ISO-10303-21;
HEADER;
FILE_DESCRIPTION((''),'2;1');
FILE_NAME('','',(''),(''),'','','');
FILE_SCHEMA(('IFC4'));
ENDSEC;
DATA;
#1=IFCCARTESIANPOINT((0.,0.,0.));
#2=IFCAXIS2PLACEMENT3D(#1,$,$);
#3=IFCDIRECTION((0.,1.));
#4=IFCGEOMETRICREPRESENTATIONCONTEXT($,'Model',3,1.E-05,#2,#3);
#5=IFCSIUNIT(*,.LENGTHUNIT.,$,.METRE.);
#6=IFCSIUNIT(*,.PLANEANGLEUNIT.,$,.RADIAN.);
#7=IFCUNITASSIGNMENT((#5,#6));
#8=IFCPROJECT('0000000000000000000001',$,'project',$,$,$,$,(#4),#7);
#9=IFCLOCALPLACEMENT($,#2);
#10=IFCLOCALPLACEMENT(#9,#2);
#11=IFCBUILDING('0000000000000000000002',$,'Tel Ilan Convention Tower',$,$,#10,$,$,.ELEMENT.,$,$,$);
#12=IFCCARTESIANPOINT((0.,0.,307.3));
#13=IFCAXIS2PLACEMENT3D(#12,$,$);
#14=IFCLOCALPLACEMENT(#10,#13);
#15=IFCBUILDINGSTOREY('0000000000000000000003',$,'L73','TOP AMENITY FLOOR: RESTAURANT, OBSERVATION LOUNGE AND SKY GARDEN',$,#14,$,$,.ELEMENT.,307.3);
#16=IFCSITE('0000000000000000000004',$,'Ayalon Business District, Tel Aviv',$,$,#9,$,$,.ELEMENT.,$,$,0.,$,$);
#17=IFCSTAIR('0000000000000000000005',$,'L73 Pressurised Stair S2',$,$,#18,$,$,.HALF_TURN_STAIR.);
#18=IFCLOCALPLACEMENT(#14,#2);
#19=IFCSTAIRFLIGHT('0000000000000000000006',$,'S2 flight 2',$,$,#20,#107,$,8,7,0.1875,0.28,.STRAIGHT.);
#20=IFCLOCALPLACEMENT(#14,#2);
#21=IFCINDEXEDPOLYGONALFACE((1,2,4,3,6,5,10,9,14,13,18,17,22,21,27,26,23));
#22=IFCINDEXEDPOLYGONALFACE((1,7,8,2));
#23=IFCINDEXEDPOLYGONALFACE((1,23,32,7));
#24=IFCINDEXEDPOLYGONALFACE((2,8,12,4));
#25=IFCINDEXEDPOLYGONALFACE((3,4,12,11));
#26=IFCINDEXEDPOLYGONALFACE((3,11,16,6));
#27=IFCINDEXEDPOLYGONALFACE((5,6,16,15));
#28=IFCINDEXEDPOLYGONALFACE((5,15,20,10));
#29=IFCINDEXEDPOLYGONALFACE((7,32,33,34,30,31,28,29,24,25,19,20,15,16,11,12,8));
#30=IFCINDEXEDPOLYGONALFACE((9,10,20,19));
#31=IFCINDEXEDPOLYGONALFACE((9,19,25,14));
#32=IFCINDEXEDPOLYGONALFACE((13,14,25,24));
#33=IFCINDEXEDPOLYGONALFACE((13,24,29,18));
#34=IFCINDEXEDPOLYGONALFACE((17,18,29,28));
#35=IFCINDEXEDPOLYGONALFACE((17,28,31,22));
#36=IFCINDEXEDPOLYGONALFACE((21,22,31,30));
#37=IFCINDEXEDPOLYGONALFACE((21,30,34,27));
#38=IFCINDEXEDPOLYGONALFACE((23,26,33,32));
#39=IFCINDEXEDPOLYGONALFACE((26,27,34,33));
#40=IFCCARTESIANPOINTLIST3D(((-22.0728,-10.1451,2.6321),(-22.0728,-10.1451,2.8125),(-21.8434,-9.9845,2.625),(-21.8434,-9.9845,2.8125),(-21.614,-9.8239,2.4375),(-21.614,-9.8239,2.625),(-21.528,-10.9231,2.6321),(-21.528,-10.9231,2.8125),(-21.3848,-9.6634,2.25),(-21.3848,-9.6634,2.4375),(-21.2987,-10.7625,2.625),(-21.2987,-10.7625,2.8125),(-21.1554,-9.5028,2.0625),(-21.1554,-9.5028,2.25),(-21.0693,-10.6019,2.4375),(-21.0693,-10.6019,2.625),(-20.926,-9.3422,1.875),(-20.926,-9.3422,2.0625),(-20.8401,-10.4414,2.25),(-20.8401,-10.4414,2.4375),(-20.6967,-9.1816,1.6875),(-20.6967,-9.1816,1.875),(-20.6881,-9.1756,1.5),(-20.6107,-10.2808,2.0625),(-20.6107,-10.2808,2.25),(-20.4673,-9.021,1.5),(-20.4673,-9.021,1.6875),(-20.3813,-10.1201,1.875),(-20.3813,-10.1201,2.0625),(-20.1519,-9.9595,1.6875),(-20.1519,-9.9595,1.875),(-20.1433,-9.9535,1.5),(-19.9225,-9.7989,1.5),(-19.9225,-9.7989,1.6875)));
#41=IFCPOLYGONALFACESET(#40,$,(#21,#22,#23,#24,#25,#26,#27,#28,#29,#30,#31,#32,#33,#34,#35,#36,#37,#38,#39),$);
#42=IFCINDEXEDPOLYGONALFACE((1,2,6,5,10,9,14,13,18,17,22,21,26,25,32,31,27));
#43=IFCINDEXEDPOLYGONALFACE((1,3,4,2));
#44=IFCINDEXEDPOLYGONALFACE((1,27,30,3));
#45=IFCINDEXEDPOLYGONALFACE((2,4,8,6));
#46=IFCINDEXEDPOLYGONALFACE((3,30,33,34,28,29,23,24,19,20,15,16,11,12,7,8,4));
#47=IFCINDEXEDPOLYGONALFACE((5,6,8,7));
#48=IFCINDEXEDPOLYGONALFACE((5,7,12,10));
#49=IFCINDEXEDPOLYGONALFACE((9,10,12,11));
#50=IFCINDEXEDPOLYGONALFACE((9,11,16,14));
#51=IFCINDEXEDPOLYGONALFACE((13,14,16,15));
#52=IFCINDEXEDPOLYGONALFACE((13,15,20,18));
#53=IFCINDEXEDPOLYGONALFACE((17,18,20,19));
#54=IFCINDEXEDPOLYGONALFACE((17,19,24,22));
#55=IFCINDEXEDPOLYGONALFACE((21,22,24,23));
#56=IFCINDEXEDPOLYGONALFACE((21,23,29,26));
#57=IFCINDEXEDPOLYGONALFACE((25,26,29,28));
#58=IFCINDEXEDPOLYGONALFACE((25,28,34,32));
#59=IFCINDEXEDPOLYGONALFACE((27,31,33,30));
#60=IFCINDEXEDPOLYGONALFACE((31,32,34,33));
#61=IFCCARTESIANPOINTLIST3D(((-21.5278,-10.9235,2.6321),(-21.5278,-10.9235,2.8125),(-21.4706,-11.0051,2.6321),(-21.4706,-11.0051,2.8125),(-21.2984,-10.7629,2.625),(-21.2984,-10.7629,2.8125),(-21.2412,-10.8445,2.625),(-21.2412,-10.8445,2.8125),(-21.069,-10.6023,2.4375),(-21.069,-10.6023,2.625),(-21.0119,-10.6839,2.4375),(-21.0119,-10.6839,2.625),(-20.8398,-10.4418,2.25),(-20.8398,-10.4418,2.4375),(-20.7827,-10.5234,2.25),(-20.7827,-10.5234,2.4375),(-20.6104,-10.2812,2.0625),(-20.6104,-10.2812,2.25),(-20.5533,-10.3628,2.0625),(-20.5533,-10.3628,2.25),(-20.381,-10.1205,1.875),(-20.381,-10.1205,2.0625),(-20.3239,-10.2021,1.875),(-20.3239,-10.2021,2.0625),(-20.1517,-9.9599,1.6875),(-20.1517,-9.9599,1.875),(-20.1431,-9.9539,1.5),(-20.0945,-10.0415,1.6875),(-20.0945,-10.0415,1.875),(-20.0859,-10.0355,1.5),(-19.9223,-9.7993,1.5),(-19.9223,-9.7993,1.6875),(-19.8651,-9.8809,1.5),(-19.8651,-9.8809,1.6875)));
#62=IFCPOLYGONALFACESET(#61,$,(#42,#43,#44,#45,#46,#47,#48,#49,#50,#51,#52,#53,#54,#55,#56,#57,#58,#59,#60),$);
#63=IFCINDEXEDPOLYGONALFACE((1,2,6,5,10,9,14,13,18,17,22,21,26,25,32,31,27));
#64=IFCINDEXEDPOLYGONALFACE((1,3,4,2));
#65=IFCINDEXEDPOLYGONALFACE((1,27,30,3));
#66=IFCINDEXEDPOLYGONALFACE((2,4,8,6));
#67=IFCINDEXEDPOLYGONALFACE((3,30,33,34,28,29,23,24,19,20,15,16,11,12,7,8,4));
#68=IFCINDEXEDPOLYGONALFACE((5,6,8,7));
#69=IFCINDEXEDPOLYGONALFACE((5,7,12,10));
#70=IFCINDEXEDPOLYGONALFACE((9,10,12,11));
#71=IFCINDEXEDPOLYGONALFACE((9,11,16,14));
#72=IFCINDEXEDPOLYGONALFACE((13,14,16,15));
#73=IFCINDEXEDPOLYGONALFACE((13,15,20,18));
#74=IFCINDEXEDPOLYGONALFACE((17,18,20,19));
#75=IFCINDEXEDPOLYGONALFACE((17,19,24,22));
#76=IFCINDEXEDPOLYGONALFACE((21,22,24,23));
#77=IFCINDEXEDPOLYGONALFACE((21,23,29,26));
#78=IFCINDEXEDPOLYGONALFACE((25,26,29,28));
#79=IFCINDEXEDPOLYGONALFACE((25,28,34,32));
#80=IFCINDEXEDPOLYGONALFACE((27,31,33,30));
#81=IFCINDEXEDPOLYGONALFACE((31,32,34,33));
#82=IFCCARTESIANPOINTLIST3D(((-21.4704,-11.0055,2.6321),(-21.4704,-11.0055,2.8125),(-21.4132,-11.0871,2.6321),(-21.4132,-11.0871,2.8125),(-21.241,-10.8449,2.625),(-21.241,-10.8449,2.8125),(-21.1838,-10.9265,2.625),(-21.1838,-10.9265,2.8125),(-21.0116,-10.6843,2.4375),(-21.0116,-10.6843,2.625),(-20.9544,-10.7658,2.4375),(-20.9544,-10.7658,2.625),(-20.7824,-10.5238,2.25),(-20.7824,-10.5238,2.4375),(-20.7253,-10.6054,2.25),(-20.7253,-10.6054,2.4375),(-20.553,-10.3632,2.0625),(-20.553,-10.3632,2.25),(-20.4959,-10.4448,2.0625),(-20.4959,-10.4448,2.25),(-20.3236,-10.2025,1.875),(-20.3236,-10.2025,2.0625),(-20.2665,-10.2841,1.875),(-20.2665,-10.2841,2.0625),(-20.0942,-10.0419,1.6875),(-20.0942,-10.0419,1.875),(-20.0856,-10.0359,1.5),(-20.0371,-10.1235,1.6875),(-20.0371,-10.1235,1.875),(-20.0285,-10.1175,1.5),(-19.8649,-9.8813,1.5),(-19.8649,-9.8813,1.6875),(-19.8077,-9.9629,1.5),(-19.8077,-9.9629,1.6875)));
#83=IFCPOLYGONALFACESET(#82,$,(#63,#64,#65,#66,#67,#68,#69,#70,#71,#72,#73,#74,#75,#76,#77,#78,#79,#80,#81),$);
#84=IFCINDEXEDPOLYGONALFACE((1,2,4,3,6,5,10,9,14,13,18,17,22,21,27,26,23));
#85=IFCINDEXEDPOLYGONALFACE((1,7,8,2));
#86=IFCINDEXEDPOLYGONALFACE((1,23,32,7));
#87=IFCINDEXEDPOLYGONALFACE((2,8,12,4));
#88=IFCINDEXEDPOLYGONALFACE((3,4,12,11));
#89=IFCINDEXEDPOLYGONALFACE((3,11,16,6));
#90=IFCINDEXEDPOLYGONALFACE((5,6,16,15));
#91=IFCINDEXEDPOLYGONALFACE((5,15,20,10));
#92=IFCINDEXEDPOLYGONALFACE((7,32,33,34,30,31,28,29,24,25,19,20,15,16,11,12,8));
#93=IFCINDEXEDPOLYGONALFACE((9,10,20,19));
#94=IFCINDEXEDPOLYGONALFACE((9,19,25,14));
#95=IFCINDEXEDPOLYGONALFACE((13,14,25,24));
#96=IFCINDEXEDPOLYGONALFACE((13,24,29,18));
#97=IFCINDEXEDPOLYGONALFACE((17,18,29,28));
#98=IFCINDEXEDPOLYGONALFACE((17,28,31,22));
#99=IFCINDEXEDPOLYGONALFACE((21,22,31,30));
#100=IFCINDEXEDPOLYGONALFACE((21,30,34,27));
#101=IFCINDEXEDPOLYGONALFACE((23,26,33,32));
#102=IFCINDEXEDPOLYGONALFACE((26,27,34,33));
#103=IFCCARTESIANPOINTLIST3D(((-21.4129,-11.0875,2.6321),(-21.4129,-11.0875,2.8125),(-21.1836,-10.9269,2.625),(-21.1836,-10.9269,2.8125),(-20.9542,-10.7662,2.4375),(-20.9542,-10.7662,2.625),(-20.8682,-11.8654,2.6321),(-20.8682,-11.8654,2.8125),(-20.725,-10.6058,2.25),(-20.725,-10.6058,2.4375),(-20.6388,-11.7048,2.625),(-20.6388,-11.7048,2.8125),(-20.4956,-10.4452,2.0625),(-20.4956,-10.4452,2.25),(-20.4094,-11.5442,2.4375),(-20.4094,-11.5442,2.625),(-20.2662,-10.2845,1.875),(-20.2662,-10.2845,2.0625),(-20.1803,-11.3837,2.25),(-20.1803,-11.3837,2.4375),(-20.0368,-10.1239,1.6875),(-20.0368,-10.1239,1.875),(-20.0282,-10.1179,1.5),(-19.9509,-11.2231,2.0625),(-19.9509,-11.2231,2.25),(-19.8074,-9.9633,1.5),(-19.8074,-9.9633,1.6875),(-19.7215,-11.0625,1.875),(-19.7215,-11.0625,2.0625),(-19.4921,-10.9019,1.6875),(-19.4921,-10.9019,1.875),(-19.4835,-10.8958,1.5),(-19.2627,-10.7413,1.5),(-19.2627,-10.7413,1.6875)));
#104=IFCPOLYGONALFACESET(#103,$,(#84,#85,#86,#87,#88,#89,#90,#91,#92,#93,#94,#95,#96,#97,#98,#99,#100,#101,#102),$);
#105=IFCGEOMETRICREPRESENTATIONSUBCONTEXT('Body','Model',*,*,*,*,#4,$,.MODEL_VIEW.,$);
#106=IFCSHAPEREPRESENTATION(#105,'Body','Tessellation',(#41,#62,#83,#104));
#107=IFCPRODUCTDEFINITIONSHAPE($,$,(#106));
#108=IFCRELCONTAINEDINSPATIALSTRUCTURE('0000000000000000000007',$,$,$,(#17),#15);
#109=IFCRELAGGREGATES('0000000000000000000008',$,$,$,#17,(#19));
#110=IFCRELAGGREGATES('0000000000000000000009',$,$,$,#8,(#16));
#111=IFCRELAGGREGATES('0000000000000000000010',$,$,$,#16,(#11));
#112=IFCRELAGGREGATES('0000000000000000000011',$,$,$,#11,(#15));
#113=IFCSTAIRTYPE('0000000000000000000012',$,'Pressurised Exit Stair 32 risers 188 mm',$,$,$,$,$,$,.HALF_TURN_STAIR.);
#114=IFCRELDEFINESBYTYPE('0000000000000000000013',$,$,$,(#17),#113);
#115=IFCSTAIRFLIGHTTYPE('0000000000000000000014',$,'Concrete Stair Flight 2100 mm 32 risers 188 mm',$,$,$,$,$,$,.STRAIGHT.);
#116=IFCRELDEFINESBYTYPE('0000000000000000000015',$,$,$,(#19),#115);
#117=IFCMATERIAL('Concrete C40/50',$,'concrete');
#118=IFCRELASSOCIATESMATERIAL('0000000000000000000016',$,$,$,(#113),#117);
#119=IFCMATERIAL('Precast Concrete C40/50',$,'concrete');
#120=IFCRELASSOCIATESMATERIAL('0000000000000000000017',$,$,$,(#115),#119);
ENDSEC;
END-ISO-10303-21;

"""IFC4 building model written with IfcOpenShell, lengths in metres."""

from ifc_helpers import new_model, si_unit, direction, frame, origin, place, context, subcontext, project, spatial, polyline, outline, extrude, material, type_object, element, aggregate, save


model = new_model("IFC4")

# Units and contexts
model_context = context("Model", 3, precision=1e-05, world=origin(), true_north=direction((0.0, 1.0)))
body_context = subcontext(model_context, "Body", "Model", "MODEL_VIEW")
ifc_project = project(units=[si_unit("LENGTHUNIT", "METRE"), si_unit("PLANEANGLEUNIT", "RADIAN")], contexts=[model_context])

# Site, building, storey
site_placement = place(None, origin())
site = spatial("IfcSite", under=ifc_project, at=site_placement, Name="Ayalon Business District, Tel Aviv", CompositionType="ELEMENT", RefElevation=0.0)
building_placement = place(site_placement, origin())
building = spatial("IfcBuilding", under=site, at=building_placement, Name="Tel Ilan Convention Tower", CompositionType="ELEMENT")
storey_placement = place(building_placement, frame((0.0, 0.0, 307.3)))
storey = spatial("IfcBuildingStorey", under=building, at=storey_placement, Name="L73", Description="TOP AMENITY FLOOR: RESTAURANT, OBSERVATION LOUNGE AND SKY GARDEN", CompositionType="ELEMENT", Elevation=307.3)

# Stair, stair flight
ifc_material_1 = material(Name="Concrete C40/50", Category="concrete")
stair_type = type_object("IfcStairType", Name="Pressurised Exit Stair 32 risers 188 mm", PredefinedType="HALF_TURN_STAIR", material=ifc_material_1)
ifc_material_2 = material(Name="Precast Concrete C40/50", Category="concrete")
stair_flight_type = type_object("IfcStairFlightType", Name="Concrete Stair Flight 2100 mm 32 risers 188 mm", PredefinedType="STRAIGHT", material=ifc_material_2)
stair_1_placement = place(storey_placement, origin())
stair_1 = element("IfcStair", 1, at=stair_1_placement, inside=storey, type_object=stair_type, Name="L73 Pressurised Stair S2", PredefinedType="HALF_TURN_STAIR")
stair_flight_1_placement = place(storey_placement, frame((-19.865, -9.8811, 1.5), z_axis=(0.0, 0.0, 1.0), x_axis=(-0.819152, -0.573576, 0.0)))
stair_flight_1 = element("IfcStairFlight", 2, at=stair_flight_1_placement, type_object=stair_flight_type, Name="S2 flight 2", NumberOfRisers=8, NumberOfTreads=7, PredefinedType="STRAIGHT", RiserHeight=0.1875, TreadLength=0.28, context=body_context, shape_type="SweptSolid", body=[
    extrude(outline(polyline([(0.0, 0.0), (0.0, 0.1875), (0.28, 0.1875), (0.28, 0.375), (0.5601, 0.375), (0.5601, 0.5625), (0.8401, 0.5625), (0.8401, 0.75), (1.1201, 0.75), (1.1201, 0.9375), (1.3999, 0.9375), (1.3999, 1.125), (1.6799, 1.125), (1.6799, 1.3125), (1.96, 1.3125), (1.96, 1.5), (1.96, 1.1321), (0.2695, 0.0), (0.0, 0.0)])), frame((0.0, -0.1003, 0.0), z_axis=(0.0, -1.0, 0.0), x_axis=(1.0, 0.0, 0.0)), (0.0, 0.0, 1.0), 0.9497),
    extrude(outline(polyline([(0.0, 0.0), (0.0, 0.1875), (0.28, 0.1875), (0.28, 0.375), (0.5601, 0.375), (0.5601, 0.5625), (0.8401, 0.5625), (0.8401, 0.75), (1.1201, 0.75), (1.1201, 0.9375), (1.3999, 0.9375), (1.3999, 1.125), (1.6799, 1.125), (1.6799, 1.3125), (1.96, 1.3125), (1.96, 1.5), (1.96, 1.1321), (0.2695, 0.0), (0.0, 0.0)])), frame((0.0, -0.0002, 0.0), z_axis=(0.0, -1.0, 0.0), x_axis=(1.0, 0.0, 0.0)), (0.0, 0.0, 1.0), 0.0996),
    extrude(outline(polyline([(0.0, 0.0), (0.0, 0.1875), (0.28, 0.1875), (0.28, 0.375), (0.5601, 0.375), (0.5601, 0.5625), (0.8401, 0.5625), (0.8401, 0.75), (1.1201, 0.75), (1.1201, 0.9375), (1.3999, 0.9375), (1.3999, 1.125), (1.6799, 1.125), (1.6799, 1.3125), (1.96, 1.3125), (1.96, 1.5), (1.96, 1.1321), (0.2695, 0.0), (0.0, 0.0)])), frame((0.0, 0.0999, 0.0), z_axis=(0.0, -1.0, 0.0), x_axis=(1.0, 0.0, 0.0)), (0.0, 0.0, 1.0), 0.0996),
    extrude(outline(polyline([(0.0, 0.0), (0.0, 0.1875), (0.28, 0.1875), (0.28, 0.375), (0.5601, 0.375), (0.5601, 0.5625), (0.8401, 0.5625), (0.8401, 0.75), (1.1201, 0.75), (1.1201, 0.9375), (1.3999, 0.9375), (1.3999, 1.125), (1.6799, 1.125), (1.6799, 1.3125), (1.96, 1.3125), (1.96, 1.5), (1.96, 1.1321), (0.2695, 0.0), (0.0, 0.0)])), frame((0.0, 1.05, 0.0), z_axis=(0.0, -1.0, 0.0), x_axis=(1.0, 0.0, 0.0)), (0.0, 0.0, 1.0), 0.9497),
])
aggregate(stair_1, [stair_flight_1])

save(model, "model.ifc")
